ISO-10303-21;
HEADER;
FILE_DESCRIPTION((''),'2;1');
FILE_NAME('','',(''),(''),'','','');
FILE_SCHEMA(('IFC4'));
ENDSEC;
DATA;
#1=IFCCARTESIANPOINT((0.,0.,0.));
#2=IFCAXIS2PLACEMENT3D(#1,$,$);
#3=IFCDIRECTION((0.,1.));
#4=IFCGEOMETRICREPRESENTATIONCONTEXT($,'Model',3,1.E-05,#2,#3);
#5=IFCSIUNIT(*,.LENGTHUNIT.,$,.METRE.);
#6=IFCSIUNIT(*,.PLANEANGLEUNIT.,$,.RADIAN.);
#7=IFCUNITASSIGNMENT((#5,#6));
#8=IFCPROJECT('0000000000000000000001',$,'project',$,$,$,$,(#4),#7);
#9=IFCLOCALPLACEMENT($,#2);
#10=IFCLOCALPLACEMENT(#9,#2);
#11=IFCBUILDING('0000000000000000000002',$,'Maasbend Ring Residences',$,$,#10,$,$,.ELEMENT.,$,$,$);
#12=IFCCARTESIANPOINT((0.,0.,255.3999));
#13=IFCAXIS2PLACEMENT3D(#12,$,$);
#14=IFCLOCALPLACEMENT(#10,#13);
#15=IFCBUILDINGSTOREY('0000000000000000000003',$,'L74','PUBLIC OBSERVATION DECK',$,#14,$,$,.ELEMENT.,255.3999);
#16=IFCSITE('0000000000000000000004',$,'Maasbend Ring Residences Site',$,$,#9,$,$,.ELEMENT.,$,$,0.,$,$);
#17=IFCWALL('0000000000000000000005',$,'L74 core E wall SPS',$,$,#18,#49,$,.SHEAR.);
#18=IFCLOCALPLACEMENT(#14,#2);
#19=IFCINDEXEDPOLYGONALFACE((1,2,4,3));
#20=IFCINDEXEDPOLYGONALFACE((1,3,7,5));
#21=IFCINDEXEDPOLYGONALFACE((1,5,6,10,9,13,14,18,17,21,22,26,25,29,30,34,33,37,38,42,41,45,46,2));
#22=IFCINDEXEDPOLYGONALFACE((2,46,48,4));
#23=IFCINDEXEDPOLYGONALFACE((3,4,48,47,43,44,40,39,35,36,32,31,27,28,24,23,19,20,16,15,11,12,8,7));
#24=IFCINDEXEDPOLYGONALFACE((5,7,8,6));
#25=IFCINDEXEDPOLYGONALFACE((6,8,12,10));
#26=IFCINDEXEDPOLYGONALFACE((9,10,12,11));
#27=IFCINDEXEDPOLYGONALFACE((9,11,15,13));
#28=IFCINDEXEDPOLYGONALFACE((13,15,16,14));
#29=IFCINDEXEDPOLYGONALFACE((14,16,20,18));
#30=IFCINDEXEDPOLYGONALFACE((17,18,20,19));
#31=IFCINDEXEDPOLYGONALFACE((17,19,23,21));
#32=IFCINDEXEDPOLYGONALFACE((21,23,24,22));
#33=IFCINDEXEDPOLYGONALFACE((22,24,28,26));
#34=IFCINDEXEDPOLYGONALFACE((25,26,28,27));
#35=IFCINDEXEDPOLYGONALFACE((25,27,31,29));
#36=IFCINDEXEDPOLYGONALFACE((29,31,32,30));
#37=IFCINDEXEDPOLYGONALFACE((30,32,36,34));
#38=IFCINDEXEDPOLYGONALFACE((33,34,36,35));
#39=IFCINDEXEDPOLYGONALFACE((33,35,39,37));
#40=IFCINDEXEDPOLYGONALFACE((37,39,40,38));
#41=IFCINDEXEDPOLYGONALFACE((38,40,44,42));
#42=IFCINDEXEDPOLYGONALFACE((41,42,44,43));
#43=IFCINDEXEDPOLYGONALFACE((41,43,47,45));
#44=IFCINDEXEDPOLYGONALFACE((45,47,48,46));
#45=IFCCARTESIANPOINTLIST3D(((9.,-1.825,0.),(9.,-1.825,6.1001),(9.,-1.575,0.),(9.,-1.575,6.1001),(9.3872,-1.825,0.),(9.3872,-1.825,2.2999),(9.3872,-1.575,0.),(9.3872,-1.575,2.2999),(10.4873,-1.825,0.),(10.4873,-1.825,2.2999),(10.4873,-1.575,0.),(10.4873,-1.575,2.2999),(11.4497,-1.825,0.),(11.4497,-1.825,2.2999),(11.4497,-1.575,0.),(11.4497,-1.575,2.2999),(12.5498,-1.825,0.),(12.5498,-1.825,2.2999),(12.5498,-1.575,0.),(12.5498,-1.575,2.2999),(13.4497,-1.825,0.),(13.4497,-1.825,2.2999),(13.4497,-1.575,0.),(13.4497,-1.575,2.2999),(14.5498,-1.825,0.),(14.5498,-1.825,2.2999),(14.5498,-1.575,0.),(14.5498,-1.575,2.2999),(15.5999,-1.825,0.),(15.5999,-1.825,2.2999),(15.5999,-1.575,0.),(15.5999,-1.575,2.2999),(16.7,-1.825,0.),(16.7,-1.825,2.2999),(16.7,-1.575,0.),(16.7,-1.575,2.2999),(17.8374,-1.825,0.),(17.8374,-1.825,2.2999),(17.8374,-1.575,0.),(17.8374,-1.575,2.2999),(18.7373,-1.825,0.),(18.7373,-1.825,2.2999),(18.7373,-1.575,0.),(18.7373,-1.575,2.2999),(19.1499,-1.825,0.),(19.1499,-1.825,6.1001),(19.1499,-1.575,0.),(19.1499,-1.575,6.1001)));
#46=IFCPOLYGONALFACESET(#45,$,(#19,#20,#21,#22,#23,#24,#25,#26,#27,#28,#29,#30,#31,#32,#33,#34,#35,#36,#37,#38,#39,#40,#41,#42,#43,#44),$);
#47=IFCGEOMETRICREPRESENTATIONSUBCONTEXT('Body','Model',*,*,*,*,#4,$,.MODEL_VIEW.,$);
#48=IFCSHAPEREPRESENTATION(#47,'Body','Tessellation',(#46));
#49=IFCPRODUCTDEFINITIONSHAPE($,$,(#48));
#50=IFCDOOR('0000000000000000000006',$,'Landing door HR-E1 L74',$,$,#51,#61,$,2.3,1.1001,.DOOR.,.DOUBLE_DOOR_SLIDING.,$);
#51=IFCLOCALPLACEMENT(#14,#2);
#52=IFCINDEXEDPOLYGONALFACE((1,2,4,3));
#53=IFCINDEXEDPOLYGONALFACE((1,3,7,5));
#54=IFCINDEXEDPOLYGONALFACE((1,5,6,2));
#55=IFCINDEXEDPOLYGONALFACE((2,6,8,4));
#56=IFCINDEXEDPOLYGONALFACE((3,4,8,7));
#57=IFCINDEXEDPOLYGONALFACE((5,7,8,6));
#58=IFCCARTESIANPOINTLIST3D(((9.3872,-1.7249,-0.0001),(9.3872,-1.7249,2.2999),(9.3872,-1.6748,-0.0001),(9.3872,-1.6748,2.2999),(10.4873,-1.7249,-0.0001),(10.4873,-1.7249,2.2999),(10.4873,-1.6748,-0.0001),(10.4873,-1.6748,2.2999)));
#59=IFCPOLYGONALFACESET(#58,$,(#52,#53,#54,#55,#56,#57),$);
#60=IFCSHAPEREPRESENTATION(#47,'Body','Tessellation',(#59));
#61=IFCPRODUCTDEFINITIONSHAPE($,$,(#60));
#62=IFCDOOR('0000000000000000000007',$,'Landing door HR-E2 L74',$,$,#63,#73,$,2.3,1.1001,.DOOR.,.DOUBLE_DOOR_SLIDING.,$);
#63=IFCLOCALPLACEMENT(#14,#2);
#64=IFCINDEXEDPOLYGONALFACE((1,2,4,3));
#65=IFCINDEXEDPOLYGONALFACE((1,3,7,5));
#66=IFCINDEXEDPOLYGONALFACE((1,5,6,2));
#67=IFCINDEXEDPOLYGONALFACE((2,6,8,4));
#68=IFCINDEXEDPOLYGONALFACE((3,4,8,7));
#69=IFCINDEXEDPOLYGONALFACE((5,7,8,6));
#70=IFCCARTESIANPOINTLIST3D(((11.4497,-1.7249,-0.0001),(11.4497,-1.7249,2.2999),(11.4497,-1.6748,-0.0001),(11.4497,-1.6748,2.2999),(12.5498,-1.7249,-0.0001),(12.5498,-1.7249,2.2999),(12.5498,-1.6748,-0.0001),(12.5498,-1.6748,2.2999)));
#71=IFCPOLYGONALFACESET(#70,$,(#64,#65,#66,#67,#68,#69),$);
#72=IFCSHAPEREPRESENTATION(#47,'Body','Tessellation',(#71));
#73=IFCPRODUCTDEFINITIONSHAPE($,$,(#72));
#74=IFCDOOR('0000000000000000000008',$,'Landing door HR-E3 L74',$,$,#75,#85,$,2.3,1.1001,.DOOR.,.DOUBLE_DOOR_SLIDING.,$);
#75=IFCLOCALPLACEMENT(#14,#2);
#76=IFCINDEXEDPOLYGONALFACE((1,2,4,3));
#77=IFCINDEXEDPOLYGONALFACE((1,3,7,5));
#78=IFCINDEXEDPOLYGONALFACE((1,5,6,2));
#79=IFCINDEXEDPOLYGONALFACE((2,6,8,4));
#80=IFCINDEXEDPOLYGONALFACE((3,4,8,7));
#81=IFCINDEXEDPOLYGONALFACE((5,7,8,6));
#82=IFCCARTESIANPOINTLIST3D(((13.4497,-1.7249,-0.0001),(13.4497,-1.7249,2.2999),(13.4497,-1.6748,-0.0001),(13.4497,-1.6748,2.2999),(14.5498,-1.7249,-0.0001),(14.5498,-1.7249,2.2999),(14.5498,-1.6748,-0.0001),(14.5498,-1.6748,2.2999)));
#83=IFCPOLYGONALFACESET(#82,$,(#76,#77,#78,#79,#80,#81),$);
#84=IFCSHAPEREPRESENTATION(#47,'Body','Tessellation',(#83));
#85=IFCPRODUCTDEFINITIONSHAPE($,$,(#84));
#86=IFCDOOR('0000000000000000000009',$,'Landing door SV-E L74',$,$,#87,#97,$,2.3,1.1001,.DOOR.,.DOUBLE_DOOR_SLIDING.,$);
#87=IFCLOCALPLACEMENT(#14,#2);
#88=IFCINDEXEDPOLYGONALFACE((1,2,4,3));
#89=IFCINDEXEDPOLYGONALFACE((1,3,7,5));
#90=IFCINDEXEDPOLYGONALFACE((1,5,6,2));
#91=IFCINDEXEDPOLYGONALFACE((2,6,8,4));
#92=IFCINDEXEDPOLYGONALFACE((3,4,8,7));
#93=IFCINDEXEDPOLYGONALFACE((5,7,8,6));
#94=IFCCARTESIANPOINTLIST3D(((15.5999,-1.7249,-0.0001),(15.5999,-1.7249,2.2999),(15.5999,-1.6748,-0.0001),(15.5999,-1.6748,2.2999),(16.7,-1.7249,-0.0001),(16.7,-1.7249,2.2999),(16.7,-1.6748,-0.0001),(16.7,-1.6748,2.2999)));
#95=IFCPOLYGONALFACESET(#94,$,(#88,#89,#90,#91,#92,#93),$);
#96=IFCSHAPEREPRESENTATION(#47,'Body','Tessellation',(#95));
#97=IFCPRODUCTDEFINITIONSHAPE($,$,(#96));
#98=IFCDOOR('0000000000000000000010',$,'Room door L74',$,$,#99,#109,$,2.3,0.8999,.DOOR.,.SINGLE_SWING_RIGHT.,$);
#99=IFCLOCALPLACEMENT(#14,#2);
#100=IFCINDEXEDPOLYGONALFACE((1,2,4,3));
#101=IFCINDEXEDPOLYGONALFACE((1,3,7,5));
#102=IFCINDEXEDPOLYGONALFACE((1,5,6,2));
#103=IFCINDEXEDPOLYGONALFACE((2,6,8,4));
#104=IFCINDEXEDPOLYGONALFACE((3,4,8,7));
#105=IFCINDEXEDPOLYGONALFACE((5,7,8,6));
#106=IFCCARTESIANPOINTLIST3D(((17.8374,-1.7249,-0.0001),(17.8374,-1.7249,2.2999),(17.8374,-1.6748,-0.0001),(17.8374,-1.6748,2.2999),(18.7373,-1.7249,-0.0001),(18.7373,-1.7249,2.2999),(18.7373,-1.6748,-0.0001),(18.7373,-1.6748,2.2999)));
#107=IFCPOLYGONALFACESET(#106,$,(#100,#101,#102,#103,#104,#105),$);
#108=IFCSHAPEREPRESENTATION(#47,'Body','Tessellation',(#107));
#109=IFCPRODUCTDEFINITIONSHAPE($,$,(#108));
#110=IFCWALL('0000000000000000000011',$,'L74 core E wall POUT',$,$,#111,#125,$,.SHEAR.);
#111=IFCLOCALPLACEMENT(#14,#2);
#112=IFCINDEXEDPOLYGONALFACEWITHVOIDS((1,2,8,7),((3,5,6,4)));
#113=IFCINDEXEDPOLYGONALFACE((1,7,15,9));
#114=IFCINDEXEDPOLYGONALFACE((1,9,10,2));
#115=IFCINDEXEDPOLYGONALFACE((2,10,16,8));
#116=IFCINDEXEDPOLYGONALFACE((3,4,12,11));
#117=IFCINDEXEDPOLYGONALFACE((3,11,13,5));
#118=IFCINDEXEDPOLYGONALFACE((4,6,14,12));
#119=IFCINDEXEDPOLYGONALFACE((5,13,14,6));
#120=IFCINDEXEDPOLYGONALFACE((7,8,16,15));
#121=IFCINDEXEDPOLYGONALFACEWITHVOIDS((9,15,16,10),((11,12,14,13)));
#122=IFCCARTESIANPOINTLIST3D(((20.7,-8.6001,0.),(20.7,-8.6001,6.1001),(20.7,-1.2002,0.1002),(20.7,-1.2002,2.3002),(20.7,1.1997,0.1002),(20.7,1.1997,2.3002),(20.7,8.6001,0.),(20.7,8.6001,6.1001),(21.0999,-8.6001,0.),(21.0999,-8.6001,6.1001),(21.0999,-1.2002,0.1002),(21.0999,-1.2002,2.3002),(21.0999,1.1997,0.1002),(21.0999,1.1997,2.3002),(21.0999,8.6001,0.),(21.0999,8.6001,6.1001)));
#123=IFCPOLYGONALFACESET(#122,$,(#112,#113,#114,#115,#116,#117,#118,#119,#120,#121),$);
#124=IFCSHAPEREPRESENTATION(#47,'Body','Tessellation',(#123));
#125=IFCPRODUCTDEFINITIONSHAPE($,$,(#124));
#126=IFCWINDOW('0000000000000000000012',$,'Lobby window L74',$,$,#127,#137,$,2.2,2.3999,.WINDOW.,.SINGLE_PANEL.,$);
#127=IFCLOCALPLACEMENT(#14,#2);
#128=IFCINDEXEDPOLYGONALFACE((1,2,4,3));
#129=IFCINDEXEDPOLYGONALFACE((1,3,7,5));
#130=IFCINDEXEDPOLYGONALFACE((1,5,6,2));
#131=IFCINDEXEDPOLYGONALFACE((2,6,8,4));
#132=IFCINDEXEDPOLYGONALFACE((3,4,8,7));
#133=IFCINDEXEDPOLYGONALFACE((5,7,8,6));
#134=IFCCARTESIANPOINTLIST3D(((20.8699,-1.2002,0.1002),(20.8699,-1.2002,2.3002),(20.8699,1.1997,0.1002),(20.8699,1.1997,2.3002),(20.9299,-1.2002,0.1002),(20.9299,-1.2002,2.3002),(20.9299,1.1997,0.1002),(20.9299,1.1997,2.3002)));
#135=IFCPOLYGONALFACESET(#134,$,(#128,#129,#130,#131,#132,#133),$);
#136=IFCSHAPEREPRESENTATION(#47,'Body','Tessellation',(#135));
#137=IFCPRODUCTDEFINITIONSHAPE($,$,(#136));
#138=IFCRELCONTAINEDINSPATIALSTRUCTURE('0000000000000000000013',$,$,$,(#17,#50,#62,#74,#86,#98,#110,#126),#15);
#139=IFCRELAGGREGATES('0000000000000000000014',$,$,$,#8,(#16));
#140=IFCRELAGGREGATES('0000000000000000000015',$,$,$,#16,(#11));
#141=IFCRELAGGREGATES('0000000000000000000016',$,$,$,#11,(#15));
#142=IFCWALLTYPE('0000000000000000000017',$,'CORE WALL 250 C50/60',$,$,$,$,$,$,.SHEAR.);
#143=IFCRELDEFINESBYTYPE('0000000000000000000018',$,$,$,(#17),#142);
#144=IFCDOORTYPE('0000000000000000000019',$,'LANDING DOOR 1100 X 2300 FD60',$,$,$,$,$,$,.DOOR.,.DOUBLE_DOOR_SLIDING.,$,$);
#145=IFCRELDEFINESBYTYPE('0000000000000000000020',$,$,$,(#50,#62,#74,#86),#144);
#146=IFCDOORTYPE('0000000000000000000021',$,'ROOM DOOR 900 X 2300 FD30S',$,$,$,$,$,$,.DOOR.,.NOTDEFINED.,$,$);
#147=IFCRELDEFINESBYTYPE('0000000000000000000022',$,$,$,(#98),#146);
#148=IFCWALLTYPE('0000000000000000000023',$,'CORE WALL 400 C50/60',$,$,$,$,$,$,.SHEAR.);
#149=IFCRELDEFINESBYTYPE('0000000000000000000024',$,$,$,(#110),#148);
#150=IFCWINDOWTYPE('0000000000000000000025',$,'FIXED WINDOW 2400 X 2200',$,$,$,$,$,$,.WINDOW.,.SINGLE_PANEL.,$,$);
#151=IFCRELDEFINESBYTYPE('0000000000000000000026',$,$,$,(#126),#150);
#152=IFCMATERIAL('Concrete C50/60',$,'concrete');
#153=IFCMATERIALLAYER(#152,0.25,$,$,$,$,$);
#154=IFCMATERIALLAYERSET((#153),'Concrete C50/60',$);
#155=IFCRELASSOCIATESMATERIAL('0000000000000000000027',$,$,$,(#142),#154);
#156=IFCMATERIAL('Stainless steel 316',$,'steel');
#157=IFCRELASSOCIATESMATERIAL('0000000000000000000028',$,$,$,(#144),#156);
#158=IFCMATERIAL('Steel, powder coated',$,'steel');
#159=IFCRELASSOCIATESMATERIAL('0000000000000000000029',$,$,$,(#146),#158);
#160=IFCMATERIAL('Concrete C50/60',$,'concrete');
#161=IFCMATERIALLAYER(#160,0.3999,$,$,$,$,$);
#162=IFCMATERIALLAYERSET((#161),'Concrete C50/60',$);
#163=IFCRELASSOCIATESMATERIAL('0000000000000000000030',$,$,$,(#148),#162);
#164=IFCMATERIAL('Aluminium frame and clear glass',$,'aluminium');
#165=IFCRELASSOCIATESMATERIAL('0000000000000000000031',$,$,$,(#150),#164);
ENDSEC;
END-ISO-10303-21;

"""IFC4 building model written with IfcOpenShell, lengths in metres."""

from ifc_helpers import new_model, si_unit, direction, frame, frame_2d, origin, place, context, subcontext, project, spatial, rectangle, extrude, material, layer, layer_set, type_object, element, fill, save


model = new_model("IFC4")

# Units and contexts
model_context = context("Model", 3, precision=1e-05, world=origin(), true_north=direction((0.0, 1.0)))
body_context = subcontext(model_context, "Body", "Model", "MODEL_VIEW")
ifc_project = project(units=[si_unit("LENGTHUNIT", "METRE"), si_unit("PLANEANGLEUNIT", "RADIAN")], contexts=[model_context])

# Site, building, storey
site_placement = place(None, origin())
site = spatial("IfcSite", under=ifc_project, at=site_placement, Name="Maasbend Ring Residences Site", CompositionType="ELEMENT", RefElevation=0.0)
building_placement = place(site_placement, origin())
building = spatial("IfcBuilding", under=site, at=building_placement, Name="Maasbend Ring Residences", CompositionType="ELEMENT")
storey_placement = place(building_placement, frame((0.0, 0.0, 255.3999)))
storey = spatial("IfcBuildingStorey", under=building, at=storey_placement, Name="L74", Description="PUBLIC OBSERVATION DECK", CompositionType="ELEMENT", Elevation=255.3999)

# Wall, openings, doors
ifc_material_1 = material(Name="Concrete C50/60", Category="concrete")
ifc_layer_1 = layer(ifc_material_1, 0.25)
ifc_layer_set_1 = layer_set([ifc_layer_1], Name="Concrete C50/60")
wall_type_1 = type_object("IfcWallType", Name="CORE WALL 250 C50/60", PredefinedType="SHEAR", material=ifc_layer_set_1)
wall_1_placement = place(storey_placement, frame((19.1499, -1.7, 0.0), z_axis=(0.0, 0.0, 1.0), x_axis=(-1.0, 0.0, 0.0)))
wall_1 = element("IfcWall", 1, at=wall_1_placement, inside=storey, type_object=wall_type_1, Name="L74 core E wall SPS", PredefinedType="SHEAR", context=body_context, shape_type="SweptSolid", body=[
    extrude(rectangle(XDim=10.1499, YDim=0.25, at=frame_2d((5.075, 0.0))), origin(), (0.0, 0.0, 1.0), 6.1001),
])
opening_1_placement = place(wall_1_placement, frame((8.6626, 0.0, 0.0)))
opening_1 = element("IfcOpeningElement", 2, at=opening_1_placement, cuts=wall_1, PredefinedType="OPENING", context=body_context, shape_type="SweptSolid", body=[
    extrude(rectangle(XDim=1.1001, YDim=2.3, at=frame_2d((0.55, 1.1499))), frame((0.0, 0.135, 0.0), z_axis=(0.0, -1.0, 0.0), x_axis=(1.0, 0.0, 0.0)), (0.0, 0.0, 1.0), 0.27),
])
opening_2_placement = place(wall_1_placement, frame((6.6001, 0.0, 0.0)))
opening_2 = element("IfcOpeningElement", 3, at=opening_2_placement, cuts=wall_1, PredefinedType="OPENING", context=body_context, shape_type="SweptSolid", body=[
    extrude(rectangle(XDim=1.1001, YDim=2.3, at=frame_2d((0.55, 1.1499))), frame((0.0, 0.135, 0.0), z_axis=(0.0, -1.0, 0.0), x_axis=(1.0, 0.0, 0.0)), (0.0, 0.0, 1.0), 0.27),
])
opening_3_placement = place(wall_1_placement, frame((4.6001, 0.0, 0.0)))
opening_3 = element("IfcOpeningElement", 4, at=opening_3_placement, cuts=wall_1, PredefinedType="OPENING", context=body_context, shape_type="SweptSolid", body=[
    extrude(rectangle(XDim=1.1001, YDim=2.3, at=frame_2d((0.55, 1.1499))), frame((0.0, 0.135, 0.0), z_axis=(0.0, -1.0, 0.0), x_axis=(1.0, 0.0, 0.0)), (0.0, 0.0, 1.0), 0.27),
])
opening_4_placement = place(wall_1_placement, frame((2.45, 0.0, 0.0)))
opening_4 = element("IfcOpeningElement", 5, at=opening_4_placement, cuts=wall_1, PredefinedType="OPENING", context=body_context, shape_type="SweptSolid", body=[
    extrude(rectangle(XDim=1.1001, YDim=2.3, at=frame_2d((0.55, 1.1499))), frame((0.0, 0.135, 0.0), z_axis=(0.0, -1.0, 0.0), x_axis=(1.0, 0.0, 0.0)), (0.0, 0.0, 1.0), 0.27),
])
opening_5_placement = place(wall_1_placement, frame((0.4126, 0.0, 0.0)))
opening_5 = element("IfcOpeningElement", 6, at=opening_5_placement, cuts=wall_1, PredefinedType="OPENING", context=body_context, shape_type="SweptSolid", body=[
    extrude(rectangle(XDim=0.8999, YDim=2.3, at=frame_2d((0.45, 1.1499))), frame((0.0, 0.135, 0.0), z_axis=(0.0, -1.0, 0.0), x_axis=(1.0, 0.0, 0.0)), (0.0, 0.0, 1.0), 0.27),
])
ifc_material_2 = material(Name="Stainless steel 316", Category="steel")
door_type_1 = type_object("IfcDoorType", Name="LANDING DOOR 1100 X 2300 FD60", OperationType="DOUBLE_DOOR_SLIDING", PredefinedType="DOOR", material=ifc_material_2)
door_1_placement = place(opening_1_placement, origin())
door_1 = element("IfcDoor", 7, at=door_1_placement, inside=storey, type_object=door_type_1, Name="Landing door HR-E1 L74", OperationType="DOUBLE_DOOR_SLIDING", OverallHeight=2.3, OverallWidth=1.1001, PredefinedType="DOOR", context=body_context, shape_type="SweptSolid", body=[
    extrude(rectangle(XDim=1.1001, YDim=2.3, at=frame_2d((0.55, 1.1499))), frame((0.0, 0.0249, 0.0), z_axis=(0.0, -1.0, 0.0), x_axis=(1.0, 0.0, 0.0)), (0.0, 0.0, 1.0), 0.05),
])
fill(opening_1, door_1)
door_2_placement = place(opening_2_placement, origin())
door_2 = element("IfcDoor", 8, at=door_2_placement, inside=storey, type_object=door_type_1, Name="Landing door HR-E2 L74", OperationType="DOUBLE_DOOR_SLIDING", OverallHeight=2.3, OverallWidth=1.1001, PredefinedType="DOOR", context=body_context, shape_type="SweptSolid", body=[
    extrude(rectangle(XDim=1.1001, YDim=2.3, at=frame_2d((0.55, 1.1499))), frame((0.0, 0.0249, 0.0), z_axis=(0.0, -1.0, 0.0), x_axis=(1.0, 0.0, 0.0)), (0.0, 0.0, 1.0), 0.05),
])
fill(opening_2, door_2)
door_3_placement = place(opening_3_placement, origin())
door_3 = element("IfcDoor", 9, at=door_3_placement, inside=storey, type_object=door_type_1, Name="Landing door HR-E3 L74", OperationType="DOUBLE_DOOR_SLIDING", OverallHeight=2.3, OverallWidth=1.1001, PredefinedType="DOOR", context=body_context, shape_type="SweptSolid", body=[
    extrude(rectangle(XDim=1.1001, YDim=2.3, at=frame_2d((0.55, 1.1499))), frame((0.0, 0.0249, 0.0), z_axis=(0.0, -1.0, 0.0), x_axis=(1.0, 0.0, 0.0)), (0.0, 0.0, 1.0), 0.05),
])
fill(opening_3, door_3)
door_4_placement = place(opening_4_placement, origin())
door_4 = element("IfcDoor", 10, at=door_4_placement, inside=storey, type_object=door_type_1, Name="Landing door SV-E L74", OperationType="DOUBLE_DOOR_SLIDING", OverallHeight=2.3, OverallWidth=1.1001, PredefinedType="DOOR", context=body_context, shape_type="SweptSolid", body=[
    extrude(rectangle(XDim=1.1001, YDim=2.3, at=frame_2d((0.55, 1.1499))), frame((0.0, 0.0249, 0.0), z_axis=(0.0, -1.0, 0.0), x_axis=(1.0, 0.0, 0.0)), (0.0, 0.0, 1.0), 0.05),
])
fill(opening_4, door_4)
ifc_material_3 = material(Name="Steel, powder coated", Category="steel")
door_type_2 = type_object("IfcDoorType", Name="ROOM DOOR 900 X 2300 FD30S", OperationType="NOTDEFINED", PredefinedType="DOOR", material=ifc_material_3)
door_5_placement = place(opening_5_placement, origin())
door_5 = element("IfcDoor", 11, at=door_5_placement, inside=storey, type_object=door_type_2, Name="Room door L74", OperationType="SINGLE_SWING_RIGHT", OverallHeight=2.3, OverallWidth=0.8999, PredefinedType="DOOR", context=body_context, shape_type="SweptSolid", body=[
    extrude(rectangle(XDim=0.8999, YDim=2.3, at=frame_2d((0.45, 1.1499))), frame((0.0, 0.0249, 0.0), z_axis=(0.0, -1.0, 0.0), x_axis=(1.0, 0.0, 0.0)), (0.0, 0.0, 1.0), 0.05),
])
fill(opening_5, door_5)

# Wall, opening, window
ifc_material_4 = material(Name="Concrete C50/60", Category="concrete")
ifc_layer_2 = layer(ifc_material_4, 0.3999)
ifc_layer_set_2 = layer_set([ifc_layer_2], Name="Concrete C50/60")
wall_type_2 = type_object("IfcWallType", Name="CORE WALL 400 C50/60", PredefinedType="SHEAR", material=ifc_layer_set_2)
wall_2_placement = place(storey_placement, frame((20.8999, -8.6001, 0.0), z_axis=(0.0, 0.0, 1.0), x_axis=(0.0, 1.0, 0.0)))
wall_2 = element("IfcWall", 12, at=wall_2_placement, inside=storey, type_object=wall_type_2, Name="L74 core E wall POUT", PredefinedType="SHEAR", context=body_context, shape_type="SweptSolid", body=[
    extrude(rectangle(XDim=17.2002, YDim=0.3999, at=frame_2d((8.6001, 0.0))), origin(), (0.0, 0.0, 1.0), 6.1001),
])
opening_6_placement = place(wall_2_placement, frame((7.3999, 0.0, 0.1001)))
opening_6 = element("IfcOpeningElement", 13, at=opening_6_placement, cuts=wall_2, PredefinedType="OPENING", context=body_context, shape_type="SweptSolid", body=[
    extrude(rectangle(XDim=2.3999, YDim=2.2, at=frame_2d((1.2, 1.1001))), frame((0.0, 0.21, 0.0), z_axis=(0.0, -1.0, 0.0), x_axis=(1.0, 0.0, 0.0)), (0.0, 0.0, 1.0), 0.4199),
])
ifc_material_5 = material(Name="Aluminium frame and clear glass", Category="aluminium")
window_type = type_object("IfcWindowType", Name="FIXED WINDOW 2400 X 2200", PartitioningType="SINGLE_PANEL", PredefinedType="WINDOW", material=ifc_material_5)
window_placement = place(opening_6_placement, origin())
window = element("IfcWindow", 14, at=window_placement, inside=storey, type_object=window_type, Name="Lobby window L74", OverallHeight=2.2, OverallWidth=2.3999, PartitioningType="SINGLE_PANEL", PredefinedType="WINDOW", context=body_context, shape_type="SweptSolid", body=[
    extrude(rectangle(XDim=2.3999, YDim=2.2, at=frame_2d((1.2, 1.1001))), frame((0.0, 0.03, 0.0), z_axis=(0.0, -1.0, 0.0), x_axis=(1.0, 0.0, 0.0)), (0.0, 0.0, 1.0), 0.0601),
])
fill(opening_6, window)

save(model, "model.ifc")
